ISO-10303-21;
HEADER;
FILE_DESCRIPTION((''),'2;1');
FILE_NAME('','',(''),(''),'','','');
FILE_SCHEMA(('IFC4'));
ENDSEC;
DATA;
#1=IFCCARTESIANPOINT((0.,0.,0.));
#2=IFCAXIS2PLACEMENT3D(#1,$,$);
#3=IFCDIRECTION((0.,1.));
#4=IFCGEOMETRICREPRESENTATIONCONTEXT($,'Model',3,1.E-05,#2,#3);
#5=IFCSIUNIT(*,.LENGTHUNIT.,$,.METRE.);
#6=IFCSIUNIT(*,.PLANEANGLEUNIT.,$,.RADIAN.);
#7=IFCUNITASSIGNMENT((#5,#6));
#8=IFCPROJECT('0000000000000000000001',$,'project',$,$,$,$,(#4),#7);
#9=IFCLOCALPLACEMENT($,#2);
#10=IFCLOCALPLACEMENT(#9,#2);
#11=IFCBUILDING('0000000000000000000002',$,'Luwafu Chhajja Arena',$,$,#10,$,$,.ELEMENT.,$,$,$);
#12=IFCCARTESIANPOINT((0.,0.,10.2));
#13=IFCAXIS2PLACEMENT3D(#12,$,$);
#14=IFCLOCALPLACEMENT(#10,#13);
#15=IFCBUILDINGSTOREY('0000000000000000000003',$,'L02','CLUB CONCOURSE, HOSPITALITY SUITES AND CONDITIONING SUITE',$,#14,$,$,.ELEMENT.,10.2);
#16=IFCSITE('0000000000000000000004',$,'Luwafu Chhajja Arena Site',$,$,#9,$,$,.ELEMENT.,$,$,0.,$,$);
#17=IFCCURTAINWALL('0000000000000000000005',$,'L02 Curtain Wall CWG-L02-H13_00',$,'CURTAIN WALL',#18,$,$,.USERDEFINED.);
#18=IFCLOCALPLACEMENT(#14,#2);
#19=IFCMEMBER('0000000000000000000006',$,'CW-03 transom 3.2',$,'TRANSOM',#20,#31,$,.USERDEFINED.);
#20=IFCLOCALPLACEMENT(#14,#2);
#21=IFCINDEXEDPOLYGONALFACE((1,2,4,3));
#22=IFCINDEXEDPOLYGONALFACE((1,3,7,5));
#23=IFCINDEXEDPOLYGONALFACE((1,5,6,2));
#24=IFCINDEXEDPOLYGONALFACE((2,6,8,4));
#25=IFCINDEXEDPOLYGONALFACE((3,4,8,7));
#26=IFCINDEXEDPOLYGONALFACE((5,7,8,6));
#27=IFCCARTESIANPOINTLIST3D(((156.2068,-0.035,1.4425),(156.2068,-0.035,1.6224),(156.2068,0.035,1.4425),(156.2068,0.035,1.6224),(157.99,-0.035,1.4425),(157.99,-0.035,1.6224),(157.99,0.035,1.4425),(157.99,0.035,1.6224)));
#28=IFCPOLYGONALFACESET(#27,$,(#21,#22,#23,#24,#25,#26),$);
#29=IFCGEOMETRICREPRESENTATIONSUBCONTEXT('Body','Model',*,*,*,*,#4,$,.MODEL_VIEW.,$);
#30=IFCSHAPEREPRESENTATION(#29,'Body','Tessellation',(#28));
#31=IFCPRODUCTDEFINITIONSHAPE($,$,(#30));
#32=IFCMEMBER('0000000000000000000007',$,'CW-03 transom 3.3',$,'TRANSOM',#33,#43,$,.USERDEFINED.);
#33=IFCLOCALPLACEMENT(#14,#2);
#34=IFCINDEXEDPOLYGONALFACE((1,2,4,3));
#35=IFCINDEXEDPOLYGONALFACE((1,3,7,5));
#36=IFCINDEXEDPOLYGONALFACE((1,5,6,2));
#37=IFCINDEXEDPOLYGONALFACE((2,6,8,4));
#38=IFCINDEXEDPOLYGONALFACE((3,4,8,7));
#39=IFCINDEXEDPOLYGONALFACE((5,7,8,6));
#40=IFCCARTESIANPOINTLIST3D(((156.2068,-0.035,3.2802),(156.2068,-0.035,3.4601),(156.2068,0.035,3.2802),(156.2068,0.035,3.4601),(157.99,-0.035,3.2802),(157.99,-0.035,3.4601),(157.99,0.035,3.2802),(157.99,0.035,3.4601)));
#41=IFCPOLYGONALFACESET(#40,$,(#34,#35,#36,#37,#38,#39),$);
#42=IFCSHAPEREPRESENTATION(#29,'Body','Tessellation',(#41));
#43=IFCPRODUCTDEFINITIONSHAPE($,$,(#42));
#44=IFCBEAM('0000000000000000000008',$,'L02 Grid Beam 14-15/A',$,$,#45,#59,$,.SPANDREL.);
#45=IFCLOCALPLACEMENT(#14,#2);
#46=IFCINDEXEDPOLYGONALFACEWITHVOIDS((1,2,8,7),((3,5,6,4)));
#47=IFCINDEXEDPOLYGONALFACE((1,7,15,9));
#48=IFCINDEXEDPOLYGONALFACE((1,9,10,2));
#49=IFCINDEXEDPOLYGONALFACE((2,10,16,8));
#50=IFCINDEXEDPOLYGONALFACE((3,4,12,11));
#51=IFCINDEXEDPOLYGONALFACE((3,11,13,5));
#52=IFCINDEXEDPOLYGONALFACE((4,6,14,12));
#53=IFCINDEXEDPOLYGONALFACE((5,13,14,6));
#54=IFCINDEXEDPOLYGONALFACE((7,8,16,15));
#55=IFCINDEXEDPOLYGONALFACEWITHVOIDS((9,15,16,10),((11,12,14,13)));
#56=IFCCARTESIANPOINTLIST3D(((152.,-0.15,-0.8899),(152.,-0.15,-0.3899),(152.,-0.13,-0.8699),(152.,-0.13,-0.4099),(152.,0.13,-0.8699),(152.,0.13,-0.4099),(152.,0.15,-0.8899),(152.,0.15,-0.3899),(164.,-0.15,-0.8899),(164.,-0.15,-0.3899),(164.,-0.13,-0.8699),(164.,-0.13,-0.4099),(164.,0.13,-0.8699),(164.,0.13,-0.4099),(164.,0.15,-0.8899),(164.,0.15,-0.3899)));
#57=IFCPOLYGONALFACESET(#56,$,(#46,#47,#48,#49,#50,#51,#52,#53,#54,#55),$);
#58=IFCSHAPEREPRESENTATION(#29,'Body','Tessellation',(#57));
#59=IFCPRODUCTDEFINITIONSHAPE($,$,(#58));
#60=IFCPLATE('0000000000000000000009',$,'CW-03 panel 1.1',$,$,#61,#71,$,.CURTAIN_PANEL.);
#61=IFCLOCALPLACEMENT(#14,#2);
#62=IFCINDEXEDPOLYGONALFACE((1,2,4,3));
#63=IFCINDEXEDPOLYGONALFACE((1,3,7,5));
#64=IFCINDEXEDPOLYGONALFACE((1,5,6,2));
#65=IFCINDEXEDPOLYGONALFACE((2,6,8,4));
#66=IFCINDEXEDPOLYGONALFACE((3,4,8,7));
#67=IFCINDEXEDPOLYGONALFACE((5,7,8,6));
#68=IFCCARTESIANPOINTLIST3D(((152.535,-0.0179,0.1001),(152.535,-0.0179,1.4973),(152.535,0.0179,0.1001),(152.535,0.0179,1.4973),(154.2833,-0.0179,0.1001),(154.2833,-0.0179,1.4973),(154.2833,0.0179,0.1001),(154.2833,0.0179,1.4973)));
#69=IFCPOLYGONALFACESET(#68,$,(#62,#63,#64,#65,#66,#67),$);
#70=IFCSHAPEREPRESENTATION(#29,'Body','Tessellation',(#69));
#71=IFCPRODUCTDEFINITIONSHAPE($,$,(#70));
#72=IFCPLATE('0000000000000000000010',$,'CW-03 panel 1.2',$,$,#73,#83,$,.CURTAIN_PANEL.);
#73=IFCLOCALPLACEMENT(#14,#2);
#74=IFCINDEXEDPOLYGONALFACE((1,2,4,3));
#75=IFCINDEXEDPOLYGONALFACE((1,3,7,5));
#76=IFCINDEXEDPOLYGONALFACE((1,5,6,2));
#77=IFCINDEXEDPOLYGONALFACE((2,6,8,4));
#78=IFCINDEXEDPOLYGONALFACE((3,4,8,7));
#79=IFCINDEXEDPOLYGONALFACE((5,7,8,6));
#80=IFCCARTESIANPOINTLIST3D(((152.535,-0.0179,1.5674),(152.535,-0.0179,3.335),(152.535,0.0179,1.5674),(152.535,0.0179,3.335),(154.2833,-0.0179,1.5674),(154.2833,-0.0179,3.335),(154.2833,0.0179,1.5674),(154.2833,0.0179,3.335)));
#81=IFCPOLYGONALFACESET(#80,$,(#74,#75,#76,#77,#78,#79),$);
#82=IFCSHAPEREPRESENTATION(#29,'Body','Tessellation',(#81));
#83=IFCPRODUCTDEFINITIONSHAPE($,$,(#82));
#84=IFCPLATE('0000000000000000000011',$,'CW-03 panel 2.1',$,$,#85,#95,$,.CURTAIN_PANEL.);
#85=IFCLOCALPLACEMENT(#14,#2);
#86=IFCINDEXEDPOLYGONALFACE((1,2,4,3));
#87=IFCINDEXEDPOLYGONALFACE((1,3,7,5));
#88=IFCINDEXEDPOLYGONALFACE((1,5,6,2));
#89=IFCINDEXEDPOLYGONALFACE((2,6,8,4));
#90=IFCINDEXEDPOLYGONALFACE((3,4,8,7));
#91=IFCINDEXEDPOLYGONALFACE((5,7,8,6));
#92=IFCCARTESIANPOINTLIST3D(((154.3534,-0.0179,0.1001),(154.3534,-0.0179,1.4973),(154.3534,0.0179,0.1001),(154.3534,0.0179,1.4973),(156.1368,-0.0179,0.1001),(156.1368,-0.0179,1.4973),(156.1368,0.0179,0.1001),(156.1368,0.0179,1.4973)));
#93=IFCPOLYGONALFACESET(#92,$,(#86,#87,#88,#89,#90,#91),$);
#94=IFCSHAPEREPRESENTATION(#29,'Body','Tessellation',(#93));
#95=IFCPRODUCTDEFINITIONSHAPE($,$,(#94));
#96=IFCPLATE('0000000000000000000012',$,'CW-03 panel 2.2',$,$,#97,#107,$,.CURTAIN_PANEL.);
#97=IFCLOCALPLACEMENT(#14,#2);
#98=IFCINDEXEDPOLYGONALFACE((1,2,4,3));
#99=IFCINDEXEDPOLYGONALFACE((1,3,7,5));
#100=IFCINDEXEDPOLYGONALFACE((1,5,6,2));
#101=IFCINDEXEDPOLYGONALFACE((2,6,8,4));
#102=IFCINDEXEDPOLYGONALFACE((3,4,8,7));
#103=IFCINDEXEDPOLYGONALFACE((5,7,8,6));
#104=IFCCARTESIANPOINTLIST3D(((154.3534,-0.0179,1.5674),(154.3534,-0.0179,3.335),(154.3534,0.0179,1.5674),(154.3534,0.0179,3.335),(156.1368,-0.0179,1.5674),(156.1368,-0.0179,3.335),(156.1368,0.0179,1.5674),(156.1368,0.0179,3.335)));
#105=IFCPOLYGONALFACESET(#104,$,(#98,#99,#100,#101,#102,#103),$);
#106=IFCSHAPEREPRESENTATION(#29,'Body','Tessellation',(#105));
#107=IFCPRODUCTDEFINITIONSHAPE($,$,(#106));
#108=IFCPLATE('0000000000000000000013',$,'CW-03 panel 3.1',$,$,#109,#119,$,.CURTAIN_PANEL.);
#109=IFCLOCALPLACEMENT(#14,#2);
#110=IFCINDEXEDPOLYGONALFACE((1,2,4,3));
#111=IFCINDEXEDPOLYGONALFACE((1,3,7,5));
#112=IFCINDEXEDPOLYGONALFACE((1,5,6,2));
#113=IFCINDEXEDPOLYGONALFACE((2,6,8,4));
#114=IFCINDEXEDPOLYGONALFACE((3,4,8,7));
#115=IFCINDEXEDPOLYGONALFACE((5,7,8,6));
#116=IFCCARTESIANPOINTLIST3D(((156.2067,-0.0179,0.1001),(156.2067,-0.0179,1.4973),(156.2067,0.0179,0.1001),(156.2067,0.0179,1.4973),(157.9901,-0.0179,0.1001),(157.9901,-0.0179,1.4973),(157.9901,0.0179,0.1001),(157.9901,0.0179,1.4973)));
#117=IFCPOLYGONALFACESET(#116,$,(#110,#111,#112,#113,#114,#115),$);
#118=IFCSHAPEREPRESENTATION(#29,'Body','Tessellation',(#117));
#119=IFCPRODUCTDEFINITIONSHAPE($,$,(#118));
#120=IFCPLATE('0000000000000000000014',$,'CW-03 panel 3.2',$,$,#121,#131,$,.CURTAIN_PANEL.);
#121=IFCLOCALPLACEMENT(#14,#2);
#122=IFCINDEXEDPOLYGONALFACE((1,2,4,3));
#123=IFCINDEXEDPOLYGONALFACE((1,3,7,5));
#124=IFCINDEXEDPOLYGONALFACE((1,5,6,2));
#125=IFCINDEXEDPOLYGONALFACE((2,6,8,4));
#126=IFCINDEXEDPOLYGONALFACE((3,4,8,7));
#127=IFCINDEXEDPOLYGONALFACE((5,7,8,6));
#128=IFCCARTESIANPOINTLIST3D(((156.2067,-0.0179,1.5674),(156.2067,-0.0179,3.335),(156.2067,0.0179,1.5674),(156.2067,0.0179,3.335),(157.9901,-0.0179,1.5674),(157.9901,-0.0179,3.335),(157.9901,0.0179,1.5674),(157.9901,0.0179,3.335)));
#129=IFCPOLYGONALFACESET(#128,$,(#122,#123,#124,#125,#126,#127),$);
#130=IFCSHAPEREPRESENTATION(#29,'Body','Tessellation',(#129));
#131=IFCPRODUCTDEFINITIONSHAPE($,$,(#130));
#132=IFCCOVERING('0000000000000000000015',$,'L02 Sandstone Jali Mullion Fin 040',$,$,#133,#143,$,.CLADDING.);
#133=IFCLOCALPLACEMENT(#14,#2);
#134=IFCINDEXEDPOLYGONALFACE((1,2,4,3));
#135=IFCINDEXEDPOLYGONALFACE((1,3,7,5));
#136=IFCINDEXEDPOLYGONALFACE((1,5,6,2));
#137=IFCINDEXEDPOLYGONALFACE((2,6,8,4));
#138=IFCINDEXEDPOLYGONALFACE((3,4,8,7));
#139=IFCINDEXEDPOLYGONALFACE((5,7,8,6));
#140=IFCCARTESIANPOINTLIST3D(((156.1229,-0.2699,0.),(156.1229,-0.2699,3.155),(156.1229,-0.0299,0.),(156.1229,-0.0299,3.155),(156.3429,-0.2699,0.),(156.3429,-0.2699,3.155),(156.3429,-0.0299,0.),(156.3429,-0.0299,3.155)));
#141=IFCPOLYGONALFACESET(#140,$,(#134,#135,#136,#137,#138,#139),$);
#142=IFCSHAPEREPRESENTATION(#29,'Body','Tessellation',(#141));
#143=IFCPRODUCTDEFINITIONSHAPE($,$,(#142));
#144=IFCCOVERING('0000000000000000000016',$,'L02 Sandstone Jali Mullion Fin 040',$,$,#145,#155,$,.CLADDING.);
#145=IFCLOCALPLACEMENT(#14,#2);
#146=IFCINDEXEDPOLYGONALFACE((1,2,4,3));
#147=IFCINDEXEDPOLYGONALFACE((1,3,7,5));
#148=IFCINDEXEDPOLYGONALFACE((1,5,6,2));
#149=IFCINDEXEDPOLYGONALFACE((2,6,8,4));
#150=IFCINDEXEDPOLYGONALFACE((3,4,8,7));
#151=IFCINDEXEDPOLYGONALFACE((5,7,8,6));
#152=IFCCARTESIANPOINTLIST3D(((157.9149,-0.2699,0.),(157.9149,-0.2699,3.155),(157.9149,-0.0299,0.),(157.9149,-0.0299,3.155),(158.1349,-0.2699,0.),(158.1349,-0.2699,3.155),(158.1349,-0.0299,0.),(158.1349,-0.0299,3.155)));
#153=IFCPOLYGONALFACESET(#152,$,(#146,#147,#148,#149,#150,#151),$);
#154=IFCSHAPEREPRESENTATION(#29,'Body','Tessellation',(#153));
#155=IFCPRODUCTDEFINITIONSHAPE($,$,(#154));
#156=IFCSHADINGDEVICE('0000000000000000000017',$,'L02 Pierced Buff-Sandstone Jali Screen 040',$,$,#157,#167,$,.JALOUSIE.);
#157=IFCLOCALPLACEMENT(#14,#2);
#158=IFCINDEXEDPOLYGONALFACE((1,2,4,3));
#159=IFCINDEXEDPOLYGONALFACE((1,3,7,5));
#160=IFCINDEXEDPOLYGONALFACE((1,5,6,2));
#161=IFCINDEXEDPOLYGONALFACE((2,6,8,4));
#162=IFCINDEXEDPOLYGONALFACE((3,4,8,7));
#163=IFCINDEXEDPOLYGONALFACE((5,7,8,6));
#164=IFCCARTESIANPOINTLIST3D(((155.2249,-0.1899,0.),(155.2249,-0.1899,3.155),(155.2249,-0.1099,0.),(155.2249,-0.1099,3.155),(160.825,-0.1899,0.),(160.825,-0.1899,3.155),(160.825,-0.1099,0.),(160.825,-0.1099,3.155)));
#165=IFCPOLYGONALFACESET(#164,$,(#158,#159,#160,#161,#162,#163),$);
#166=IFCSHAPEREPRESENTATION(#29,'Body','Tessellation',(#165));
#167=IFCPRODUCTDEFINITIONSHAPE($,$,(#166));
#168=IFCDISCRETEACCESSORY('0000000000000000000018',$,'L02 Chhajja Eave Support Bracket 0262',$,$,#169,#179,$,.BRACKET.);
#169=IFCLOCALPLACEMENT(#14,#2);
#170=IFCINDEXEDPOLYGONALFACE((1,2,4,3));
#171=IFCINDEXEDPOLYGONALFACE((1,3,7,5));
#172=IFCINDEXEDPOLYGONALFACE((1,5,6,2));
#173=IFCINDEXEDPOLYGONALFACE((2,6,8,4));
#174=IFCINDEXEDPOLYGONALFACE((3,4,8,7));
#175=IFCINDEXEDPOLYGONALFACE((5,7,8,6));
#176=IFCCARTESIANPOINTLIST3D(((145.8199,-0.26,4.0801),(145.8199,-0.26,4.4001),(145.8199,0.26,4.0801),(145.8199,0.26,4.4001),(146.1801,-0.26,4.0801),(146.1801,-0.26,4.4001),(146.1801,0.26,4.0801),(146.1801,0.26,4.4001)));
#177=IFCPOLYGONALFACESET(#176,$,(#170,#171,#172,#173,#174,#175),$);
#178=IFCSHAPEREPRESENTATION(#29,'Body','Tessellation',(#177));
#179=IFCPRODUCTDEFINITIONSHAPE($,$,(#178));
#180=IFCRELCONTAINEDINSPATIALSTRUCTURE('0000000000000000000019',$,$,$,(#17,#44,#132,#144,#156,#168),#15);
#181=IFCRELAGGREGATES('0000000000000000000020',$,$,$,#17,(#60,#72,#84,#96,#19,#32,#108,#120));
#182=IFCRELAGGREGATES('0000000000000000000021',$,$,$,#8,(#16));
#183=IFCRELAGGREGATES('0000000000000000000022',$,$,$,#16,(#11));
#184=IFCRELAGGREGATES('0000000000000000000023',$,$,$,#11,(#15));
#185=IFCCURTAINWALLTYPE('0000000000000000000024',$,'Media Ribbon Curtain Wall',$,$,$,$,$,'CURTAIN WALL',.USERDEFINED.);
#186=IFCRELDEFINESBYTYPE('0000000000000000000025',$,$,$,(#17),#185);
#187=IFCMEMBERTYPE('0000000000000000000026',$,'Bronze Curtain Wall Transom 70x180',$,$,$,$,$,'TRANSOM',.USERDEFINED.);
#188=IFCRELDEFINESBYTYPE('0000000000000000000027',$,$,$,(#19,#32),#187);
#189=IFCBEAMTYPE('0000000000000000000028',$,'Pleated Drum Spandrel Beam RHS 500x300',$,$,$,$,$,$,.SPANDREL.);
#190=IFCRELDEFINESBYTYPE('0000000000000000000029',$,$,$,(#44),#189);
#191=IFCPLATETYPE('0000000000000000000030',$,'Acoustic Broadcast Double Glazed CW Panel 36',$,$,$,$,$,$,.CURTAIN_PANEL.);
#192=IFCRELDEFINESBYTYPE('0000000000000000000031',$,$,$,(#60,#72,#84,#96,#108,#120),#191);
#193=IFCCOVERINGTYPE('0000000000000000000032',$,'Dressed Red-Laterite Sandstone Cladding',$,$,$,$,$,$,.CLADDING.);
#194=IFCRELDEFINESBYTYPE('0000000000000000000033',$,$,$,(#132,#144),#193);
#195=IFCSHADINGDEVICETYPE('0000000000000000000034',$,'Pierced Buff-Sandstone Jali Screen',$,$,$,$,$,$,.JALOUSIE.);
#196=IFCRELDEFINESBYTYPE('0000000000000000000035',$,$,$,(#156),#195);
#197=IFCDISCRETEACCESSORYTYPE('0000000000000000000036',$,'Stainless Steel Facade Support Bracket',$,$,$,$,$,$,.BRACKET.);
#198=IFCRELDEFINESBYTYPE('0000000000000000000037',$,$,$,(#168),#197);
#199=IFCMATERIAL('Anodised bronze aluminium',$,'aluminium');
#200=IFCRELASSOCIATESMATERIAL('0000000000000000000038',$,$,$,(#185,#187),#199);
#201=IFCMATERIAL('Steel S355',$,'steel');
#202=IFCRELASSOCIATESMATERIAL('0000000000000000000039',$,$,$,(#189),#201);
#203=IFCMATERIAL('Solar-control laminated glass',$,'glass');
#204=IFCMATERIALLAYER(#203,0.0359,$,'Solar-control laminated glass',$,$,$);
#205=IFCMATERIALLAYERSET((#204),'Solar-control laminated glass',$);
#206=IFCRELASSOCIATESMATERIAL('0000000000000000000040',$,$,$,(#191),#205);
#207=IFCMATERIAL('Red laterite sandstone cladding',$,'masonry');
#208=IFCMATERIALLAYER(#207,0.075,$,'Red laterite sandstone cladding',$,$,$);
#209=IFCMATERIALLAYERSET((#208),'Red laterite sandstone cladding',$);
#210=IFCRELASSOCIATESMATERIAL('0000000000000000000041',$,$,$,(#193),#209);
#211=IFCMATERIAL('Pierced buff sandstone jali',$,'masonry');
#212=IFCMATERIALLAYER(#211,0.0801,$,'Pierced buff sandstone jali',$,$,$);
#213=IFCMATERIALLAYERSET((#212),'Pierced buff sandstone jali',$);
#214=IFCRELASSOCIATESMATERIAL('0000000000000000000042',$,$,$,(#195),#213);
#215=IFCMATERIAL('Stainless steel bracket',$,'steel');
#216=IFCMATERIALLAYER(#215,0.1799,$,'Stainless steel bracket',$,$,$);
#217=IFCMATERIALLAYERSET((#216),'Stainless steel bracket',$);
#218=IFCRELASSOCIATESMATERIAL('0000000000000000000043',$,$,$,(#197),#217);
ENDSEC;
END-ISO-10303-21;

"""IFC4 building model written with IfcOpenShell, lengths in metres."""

from ifc_helpers import new_model, si_unit, direction, frame, origin, origin_2d, place, context, subcontext, project, spatial, rectangle, hollow_rectangle, extrude, material, layer, layer_set, material_profile, profile_set, type_object, element, aggregate, save


model = new_model("IFC4")

# Units and contexts
model_context = context("Model", 3, precision=1e-05, world=origin(), true_north=direction((0.0, 1.0)))
body_context = subcontext(model_context, "Body", "Model", "MODEL_VIEW")
ifc_project = project(units=[si_unit("LENGTHUNIT", "METRE"), si_unit("PLANEANGLEUNIT", "RADIAN")], contexts=[model_context])

# Site, building, storey
site_placement = place(None, origin())
site = spatial("IfcSite", under=ifc_project, at=site_placement, Name="Luwafu Chhajja Arena Site", CompositionType="ELEMENT", RefElevation=0.0)
building_placement = place(site_placement, origin())
building = spatial("IfcBuilding", under=site, at=building_placement, Name="Luwafu Chhajja Arena", CompositionType="ELEMENT")
storey_placement = place(building_placement, frame((0.0, 0.0, 10.2)))
storey = spatial("IfcBuildingStorey", under=building, at=storey_placement, Name="L02", Description="CLUB CONCOURSE, HOSPITALITY SUITES AND CONDITIONING SUITE", CompositionType="ELEMENT", Elevation=10.2)

# Curtain wall, members
ifc_material_1 = material(Name="Anodised bronze aluminium", Category="aluminium")
curtain_wall_type = type_object("IfcCurtainWallType", Name="Media Ribbon Curtain Wall", ElementType="CURTAIN WALL", PredefinedType="USERDEFINED", material=ifc_material_1)
curtain_wall_placement = place(storey_placement, origin())
curtain_wall = element("IfcCurtainWall", 1, at=curtain_wall_placement, inside=storey, type_object=curtain_wall_type, Name="L02 Curtain Wall CWG-L02-H13_00", ObjectType="CURTAIN WALL", PredefinedType="USERDEFINED")
ifc_material_profile_1 = material_profile(ifc_material_1, rectangle(XDim=0.0701, YDim=0.1799, at=origin_2d()), Name="CWT 70x180")
ifc_profile_set_1 = profile_set([ifc_material_profile_1], Name="Anodised bronze aluminium")
member_type_1 = type_object("IfcMemberType", Name="Bronze Curtain Wall Transom 70x180", ElementType="TRANSOM", PredefinedType="USERDEFINED", material=ifc_profile_set_1)
member_1_placement = place(storey_placement, frame((156.2068, 0.0, 1.5325), z_axis=(1.0, 0.0, 0.0), x_axis=(0.0, 1.0, 0.0)))
member_1 = element("IfcMember", 2, at=member_1_placement, type_object=member_type_1, Name="CW-03 transom 3.2", ObjectType="TRANSOM", PredefinedType="USERDEFINED", context=body_context, shape_type="SweptSolid", body=[
    extrude(rectangle(XDim=0.0701, YDim=0.1799, at=origin_2d()), origin(), (0.0, 0.0, 1.0), 1.7832),
])
member_2_placement = place(storey_placement, frame((156.2068, 0.0, 3.3701), z_axis=(1.0, 0.0, 0.0), x_axis=(0.0, 1.0, 0.0)))
member_2 = element("IfcMember", 3, at=member_2_placement, type_object=member_type_1, Name="CW-03 transom 3.3", ObjectType="TRANSOM", PredefinedType="USERDEFINED", context=body_context, shape_type="SweptSolid", body=[
    extrude(rectangle(XDim=0.0701, YDim=0.1799, at=origin_2d()), origin(), (0.0, 0.0, 1.0), 1.7832),
])

# Beam
ifc_material_2 = material(Name="Steel S355", Category="steel")
ifc_material_profile_2 = material_profile(ifc_material_2, hollow_rectangle(XDim=0.3, YDim=0.5, WallThickness=0.02, at=origin_2d()), Name="RHS 500x300x20")
ifc_profile_set_2 = profile_set([ifc_material_profile_2], Name="Steel S355")
beam_type_1 = type_object("IfcBeamType", Name="Pleated Drum Spandrel Beam RHS 500x300", PredefinedType="SPANDREL", material=ifc_profile_set_2)
beam_1_placement = place(storey_placement, frame((152.0, 0.0, -0.6399), z_axis=(1.0, 0.0, 0.0), x_axis=(0.0, 1.0, 0.0)))
element("IfcBeam", 4, at=beam_1_placement, inside=storey, type_object=beam_type_1, Name="L02 Grid Beam 14-15/A", PredefinedType="SPANDREL", context=body_context, shape_type="SweptSolid", body=[
    extrude(hollow_rectangle(XDim=0.3, YDim=0.5, WallThickness=0.02, at=origin_2d()), origin(), (0.0, 0.0, 1.0), 12.0),
])

# Plates
ifc_material_3 = material(Name="Solar-control laminated glass", Category="glass")
ifc_layer_1 = layer(ifc_material_3, 0.0359, Name="Solar-control laminated glass")
ifc_layer_set_1 = layer_set([ifc_layer_1], Name="Solar-control laminated glass")
plate_type = type_object("IfcPlateType", Name="Acoustic Broadcast Double Glazed CW Panel 36", PredefinedType="CURTAIN_PANEL", material=ifc_layer_set_1)
plate_1_placement = place(storey_placement, frame((153.4092, 0.0, 0.1001), z_axis=(0.0, 0.0, 1.0), x_axis=(1.0, 0.0, 0.0)))
plate_1 = element("IfcPlate", 5, at=plate_1_placement, type_object=plate_type, Name="CW-03 panel 1.1", PredefinedType="CURTAIN_PANEL", context=body_context, shape_type="SweptSolid", body=[
    extrude(rectangle(XDim=1.7483, YDim=0.0359, at=origin_2d()), origin(), (0.0, 0.0, 1.0), 1.3972),
])
plate_2_placement = place(storey_placement, frame((153.4092, 0.0, 1.5674), z_axis=(0.0, 0.0, 1.0), x_axis=(1.0, 0.0, 0.0)))
plate_2 = element("IfcPlate", 6, at=plate_2_placement, type_object=plate_type, Name="CW-03 panel 1.2", PredefinedType="CURTAIN_PANEL", context=body_context, shape_type="SweptSolid", body=[
    extrude(rectangle(XDim=1.7483, YDim=0.0359, at=origin_2d()), origin(), (0.0, 0.0, 1.0), 1.7676),
])
plate_3_placement = place(storey_placement, frame((155.2451, 0.0, 0.1001), z_axis=(0.0, 0.0, 1.0), x_axis=(1.0, 0.0, 0.0)))
plate_3 = element("IfcPlate", 7, at=plate_3_placement, type_object=plate_type, Name="CW-03 panel 2.1", PredefinedType="CURTAIN_PANEL", context=body_context, shape_type="SweptSolid", body=[
    extrude(rectangle(XDim=1.7834, YDim=0.0359, at=origin_2d()), origin(), (0.0, 0.0, 1.0), 1.3972),
])
plate_4_placement = place(storey_placement, frame((155.2451, 0.0, 1.5674), z_axis=(0.0, 0.0, 1.0), x_axis=(1.0, 0.0, 0.0)))
plate_4 = element("IfcPlate", 8, at=plate_4_placement, type_object=plate_type, Name="CW-03 panel 2.2", PredefinedType="CURTAIN_PANEL", context=body_context, shape_type="SweptSolid", body=[
    extrude(rectangle(XDim=1.7834, YDim=0.0359, at=origin_2d()), origin(), (0.0, 0.0, 1.0), 1.7676),
])
plate_5_placement = place(storey_placement, frame((157.0984, 0.0, 0.1001), z_axis=(0.0, 0.0, 1.0), x_axis=(1.0, 0.0, 0.0)))
plate_5 = element("IfcPlate", 9, at=plate_5_placement, type_object=plate_type, Name="CW-03 panel 3.1", PredefinedType="CURTAIN_PANEL", context=body_context, shape_type="SweptSolid", body=[
    extrude(rectangle(XDim=1.7834, YDim=0.0359, at=origin_2d()), origin(), (0.0, 0.0, 1.0), 1.3972),
])
plate_6_placement = place(storey_placement, frame((157.0984, 0.0, 1.5674), z_axis=(0.0, 0.0, 1.0), x_axis=(1.0, 0.0, 0.0)))
plate_6 = element("IfcPlate", 10, at=plate_6_placement, type_object=plate_type, Name="CW-03 panel 3.2", PredefinedType="CURTAIN_PANEL", context=body_context, shape_type="SweptSolid", body=[
    extrude(rectangle(XDim=1.7834, YDim=0.0359, at=origin_2d()), origin(), (0.0, 0.0, 1.0), 1.7676),
])
aggregate(curtain_wall, [plate_1, plate_2, plate_3, plate_4, member_1, member_2, plate_5, plate_6])

# Coverings
ifc_material_4 = material(Name="Red laterite sandstone cladding", Category="masonry")
ifc_layer_2 = layer(ifc_material_4, 0.075, Name="Red laterite sandstone cladding")
ifc_layer_set_2 = layer_set([ifc_layer_2], Name="Red laterite sandstone cladding")
covering_type = type_object("IfcCoveringType", Name="Dressed Red-Laterite Sandstone Cladding", PredefinedType="CLADDING", material=ifc_layer_set_2)
for number, where, z_axis, x_axis, name in (
    (11, (156.2329, -0.1499, 0.0), (0.0, 0.0, 1.0), (1.0, 0.0, 0.0), "L02 Sandstone Jali Mullion Fin 040"),
    (12, (158.0249, -0.1499, 0.0), (0.0, 0.0, 1.0), (1.0, 0.0, 0.0), "L02 Sandstone Jali Mullion Fin 040"),
):
    element("IfcCovering", number, at=place(storey_placement, frame(where, z_axis=z_axis, x_axis=x_axis)), inside=storey, type_object=covering_type, Name=name, PredefinedType="CLADDING", context=body_context, shape_type="SweptSolid", body=[
        extrude(rectangle(XDim=0.22, YDim=0.24, at=origin_2d()), origin(), (0.0, 0.0, 1.0), 3.155),
    ])

# Shading device
ifc_material_5 = material(Name="Pierced buff sandstone jali", Category="masonry")
ifc_layer_3 = layer(ifc_material_5, 0.0801, Name="Pierced buff sandstone jali")
ifc_layer_set_3 = layer_set([ifc_layer_3], Name="Pierced buff sandstone jali")
shading_device_type = type_object("IfcShadingDeviceType", Name="Pierced Buff-Sandstone Jali Screen", PredefinedType="JALOUSIE", material=ifc_layer_set_3)
shading_device_placement = place(storey_placement, frame((158.0249, -0.1499, 0.0), z_axis=(0.0, 0.0, 1.0), x_axis=(1.0, 0.0, 0.0)))
element("IfcShadingDevice", 13, at=shading_device_placement, inside=storey, type_object=shading_device_type, Name="L02 Pierced Buff-Sandstone Jali Screen 040", PredefinedType="JALOUSIE", context=body_context, shape_type="SweptSolid", body=[
    extrude(rectangle(XDim=5.6001, YDim=0.0801, at=origin_2d()), origin(), (0.0, 0.0, 1.0), 3.155),
])

# Discrete accessory
ifc_material_6 = material(Name="Stainless steel bracket", Category="steel")
ifc_layer_4 = layer(ifc_material_6, 0.1799, Name="Stainless steel bracket")
ifc_layer_set_4 = layer_set([ifc_layer_4], Name="Stainless steel bracket")
discrete_accessory_type = type_object("IfcDiscreteAccessoryType", Name="Stainless Steel Facade Support Bracket", PredefinedType="BRACKET", material=ifc_layer_set_4)
discrete_accessory_placement = place(storey_placement, frame((146.0, 0.0, 4.0801), z_axis=(0.0, 0.0, 1.0), x_axis=(1.0, 0.0, 0.0)))
element("IfcDiscreteAccessory", 14, at=discrete_accessory_placement, inside=storey, type_object=discrete_accessory_type, Name="L02 Chhajja Eave Support Bracket 0262", PredefinedType="BRACKET", context=body_context, shape_type="SweptSolid", body=[
    extrude(rectangle(XDim=0.3601, YDim=0.52, at=origin_2d()), origin(), (0.0, 0.0, 1.0), 0.3201),
])

save(model, "model.ifc")
